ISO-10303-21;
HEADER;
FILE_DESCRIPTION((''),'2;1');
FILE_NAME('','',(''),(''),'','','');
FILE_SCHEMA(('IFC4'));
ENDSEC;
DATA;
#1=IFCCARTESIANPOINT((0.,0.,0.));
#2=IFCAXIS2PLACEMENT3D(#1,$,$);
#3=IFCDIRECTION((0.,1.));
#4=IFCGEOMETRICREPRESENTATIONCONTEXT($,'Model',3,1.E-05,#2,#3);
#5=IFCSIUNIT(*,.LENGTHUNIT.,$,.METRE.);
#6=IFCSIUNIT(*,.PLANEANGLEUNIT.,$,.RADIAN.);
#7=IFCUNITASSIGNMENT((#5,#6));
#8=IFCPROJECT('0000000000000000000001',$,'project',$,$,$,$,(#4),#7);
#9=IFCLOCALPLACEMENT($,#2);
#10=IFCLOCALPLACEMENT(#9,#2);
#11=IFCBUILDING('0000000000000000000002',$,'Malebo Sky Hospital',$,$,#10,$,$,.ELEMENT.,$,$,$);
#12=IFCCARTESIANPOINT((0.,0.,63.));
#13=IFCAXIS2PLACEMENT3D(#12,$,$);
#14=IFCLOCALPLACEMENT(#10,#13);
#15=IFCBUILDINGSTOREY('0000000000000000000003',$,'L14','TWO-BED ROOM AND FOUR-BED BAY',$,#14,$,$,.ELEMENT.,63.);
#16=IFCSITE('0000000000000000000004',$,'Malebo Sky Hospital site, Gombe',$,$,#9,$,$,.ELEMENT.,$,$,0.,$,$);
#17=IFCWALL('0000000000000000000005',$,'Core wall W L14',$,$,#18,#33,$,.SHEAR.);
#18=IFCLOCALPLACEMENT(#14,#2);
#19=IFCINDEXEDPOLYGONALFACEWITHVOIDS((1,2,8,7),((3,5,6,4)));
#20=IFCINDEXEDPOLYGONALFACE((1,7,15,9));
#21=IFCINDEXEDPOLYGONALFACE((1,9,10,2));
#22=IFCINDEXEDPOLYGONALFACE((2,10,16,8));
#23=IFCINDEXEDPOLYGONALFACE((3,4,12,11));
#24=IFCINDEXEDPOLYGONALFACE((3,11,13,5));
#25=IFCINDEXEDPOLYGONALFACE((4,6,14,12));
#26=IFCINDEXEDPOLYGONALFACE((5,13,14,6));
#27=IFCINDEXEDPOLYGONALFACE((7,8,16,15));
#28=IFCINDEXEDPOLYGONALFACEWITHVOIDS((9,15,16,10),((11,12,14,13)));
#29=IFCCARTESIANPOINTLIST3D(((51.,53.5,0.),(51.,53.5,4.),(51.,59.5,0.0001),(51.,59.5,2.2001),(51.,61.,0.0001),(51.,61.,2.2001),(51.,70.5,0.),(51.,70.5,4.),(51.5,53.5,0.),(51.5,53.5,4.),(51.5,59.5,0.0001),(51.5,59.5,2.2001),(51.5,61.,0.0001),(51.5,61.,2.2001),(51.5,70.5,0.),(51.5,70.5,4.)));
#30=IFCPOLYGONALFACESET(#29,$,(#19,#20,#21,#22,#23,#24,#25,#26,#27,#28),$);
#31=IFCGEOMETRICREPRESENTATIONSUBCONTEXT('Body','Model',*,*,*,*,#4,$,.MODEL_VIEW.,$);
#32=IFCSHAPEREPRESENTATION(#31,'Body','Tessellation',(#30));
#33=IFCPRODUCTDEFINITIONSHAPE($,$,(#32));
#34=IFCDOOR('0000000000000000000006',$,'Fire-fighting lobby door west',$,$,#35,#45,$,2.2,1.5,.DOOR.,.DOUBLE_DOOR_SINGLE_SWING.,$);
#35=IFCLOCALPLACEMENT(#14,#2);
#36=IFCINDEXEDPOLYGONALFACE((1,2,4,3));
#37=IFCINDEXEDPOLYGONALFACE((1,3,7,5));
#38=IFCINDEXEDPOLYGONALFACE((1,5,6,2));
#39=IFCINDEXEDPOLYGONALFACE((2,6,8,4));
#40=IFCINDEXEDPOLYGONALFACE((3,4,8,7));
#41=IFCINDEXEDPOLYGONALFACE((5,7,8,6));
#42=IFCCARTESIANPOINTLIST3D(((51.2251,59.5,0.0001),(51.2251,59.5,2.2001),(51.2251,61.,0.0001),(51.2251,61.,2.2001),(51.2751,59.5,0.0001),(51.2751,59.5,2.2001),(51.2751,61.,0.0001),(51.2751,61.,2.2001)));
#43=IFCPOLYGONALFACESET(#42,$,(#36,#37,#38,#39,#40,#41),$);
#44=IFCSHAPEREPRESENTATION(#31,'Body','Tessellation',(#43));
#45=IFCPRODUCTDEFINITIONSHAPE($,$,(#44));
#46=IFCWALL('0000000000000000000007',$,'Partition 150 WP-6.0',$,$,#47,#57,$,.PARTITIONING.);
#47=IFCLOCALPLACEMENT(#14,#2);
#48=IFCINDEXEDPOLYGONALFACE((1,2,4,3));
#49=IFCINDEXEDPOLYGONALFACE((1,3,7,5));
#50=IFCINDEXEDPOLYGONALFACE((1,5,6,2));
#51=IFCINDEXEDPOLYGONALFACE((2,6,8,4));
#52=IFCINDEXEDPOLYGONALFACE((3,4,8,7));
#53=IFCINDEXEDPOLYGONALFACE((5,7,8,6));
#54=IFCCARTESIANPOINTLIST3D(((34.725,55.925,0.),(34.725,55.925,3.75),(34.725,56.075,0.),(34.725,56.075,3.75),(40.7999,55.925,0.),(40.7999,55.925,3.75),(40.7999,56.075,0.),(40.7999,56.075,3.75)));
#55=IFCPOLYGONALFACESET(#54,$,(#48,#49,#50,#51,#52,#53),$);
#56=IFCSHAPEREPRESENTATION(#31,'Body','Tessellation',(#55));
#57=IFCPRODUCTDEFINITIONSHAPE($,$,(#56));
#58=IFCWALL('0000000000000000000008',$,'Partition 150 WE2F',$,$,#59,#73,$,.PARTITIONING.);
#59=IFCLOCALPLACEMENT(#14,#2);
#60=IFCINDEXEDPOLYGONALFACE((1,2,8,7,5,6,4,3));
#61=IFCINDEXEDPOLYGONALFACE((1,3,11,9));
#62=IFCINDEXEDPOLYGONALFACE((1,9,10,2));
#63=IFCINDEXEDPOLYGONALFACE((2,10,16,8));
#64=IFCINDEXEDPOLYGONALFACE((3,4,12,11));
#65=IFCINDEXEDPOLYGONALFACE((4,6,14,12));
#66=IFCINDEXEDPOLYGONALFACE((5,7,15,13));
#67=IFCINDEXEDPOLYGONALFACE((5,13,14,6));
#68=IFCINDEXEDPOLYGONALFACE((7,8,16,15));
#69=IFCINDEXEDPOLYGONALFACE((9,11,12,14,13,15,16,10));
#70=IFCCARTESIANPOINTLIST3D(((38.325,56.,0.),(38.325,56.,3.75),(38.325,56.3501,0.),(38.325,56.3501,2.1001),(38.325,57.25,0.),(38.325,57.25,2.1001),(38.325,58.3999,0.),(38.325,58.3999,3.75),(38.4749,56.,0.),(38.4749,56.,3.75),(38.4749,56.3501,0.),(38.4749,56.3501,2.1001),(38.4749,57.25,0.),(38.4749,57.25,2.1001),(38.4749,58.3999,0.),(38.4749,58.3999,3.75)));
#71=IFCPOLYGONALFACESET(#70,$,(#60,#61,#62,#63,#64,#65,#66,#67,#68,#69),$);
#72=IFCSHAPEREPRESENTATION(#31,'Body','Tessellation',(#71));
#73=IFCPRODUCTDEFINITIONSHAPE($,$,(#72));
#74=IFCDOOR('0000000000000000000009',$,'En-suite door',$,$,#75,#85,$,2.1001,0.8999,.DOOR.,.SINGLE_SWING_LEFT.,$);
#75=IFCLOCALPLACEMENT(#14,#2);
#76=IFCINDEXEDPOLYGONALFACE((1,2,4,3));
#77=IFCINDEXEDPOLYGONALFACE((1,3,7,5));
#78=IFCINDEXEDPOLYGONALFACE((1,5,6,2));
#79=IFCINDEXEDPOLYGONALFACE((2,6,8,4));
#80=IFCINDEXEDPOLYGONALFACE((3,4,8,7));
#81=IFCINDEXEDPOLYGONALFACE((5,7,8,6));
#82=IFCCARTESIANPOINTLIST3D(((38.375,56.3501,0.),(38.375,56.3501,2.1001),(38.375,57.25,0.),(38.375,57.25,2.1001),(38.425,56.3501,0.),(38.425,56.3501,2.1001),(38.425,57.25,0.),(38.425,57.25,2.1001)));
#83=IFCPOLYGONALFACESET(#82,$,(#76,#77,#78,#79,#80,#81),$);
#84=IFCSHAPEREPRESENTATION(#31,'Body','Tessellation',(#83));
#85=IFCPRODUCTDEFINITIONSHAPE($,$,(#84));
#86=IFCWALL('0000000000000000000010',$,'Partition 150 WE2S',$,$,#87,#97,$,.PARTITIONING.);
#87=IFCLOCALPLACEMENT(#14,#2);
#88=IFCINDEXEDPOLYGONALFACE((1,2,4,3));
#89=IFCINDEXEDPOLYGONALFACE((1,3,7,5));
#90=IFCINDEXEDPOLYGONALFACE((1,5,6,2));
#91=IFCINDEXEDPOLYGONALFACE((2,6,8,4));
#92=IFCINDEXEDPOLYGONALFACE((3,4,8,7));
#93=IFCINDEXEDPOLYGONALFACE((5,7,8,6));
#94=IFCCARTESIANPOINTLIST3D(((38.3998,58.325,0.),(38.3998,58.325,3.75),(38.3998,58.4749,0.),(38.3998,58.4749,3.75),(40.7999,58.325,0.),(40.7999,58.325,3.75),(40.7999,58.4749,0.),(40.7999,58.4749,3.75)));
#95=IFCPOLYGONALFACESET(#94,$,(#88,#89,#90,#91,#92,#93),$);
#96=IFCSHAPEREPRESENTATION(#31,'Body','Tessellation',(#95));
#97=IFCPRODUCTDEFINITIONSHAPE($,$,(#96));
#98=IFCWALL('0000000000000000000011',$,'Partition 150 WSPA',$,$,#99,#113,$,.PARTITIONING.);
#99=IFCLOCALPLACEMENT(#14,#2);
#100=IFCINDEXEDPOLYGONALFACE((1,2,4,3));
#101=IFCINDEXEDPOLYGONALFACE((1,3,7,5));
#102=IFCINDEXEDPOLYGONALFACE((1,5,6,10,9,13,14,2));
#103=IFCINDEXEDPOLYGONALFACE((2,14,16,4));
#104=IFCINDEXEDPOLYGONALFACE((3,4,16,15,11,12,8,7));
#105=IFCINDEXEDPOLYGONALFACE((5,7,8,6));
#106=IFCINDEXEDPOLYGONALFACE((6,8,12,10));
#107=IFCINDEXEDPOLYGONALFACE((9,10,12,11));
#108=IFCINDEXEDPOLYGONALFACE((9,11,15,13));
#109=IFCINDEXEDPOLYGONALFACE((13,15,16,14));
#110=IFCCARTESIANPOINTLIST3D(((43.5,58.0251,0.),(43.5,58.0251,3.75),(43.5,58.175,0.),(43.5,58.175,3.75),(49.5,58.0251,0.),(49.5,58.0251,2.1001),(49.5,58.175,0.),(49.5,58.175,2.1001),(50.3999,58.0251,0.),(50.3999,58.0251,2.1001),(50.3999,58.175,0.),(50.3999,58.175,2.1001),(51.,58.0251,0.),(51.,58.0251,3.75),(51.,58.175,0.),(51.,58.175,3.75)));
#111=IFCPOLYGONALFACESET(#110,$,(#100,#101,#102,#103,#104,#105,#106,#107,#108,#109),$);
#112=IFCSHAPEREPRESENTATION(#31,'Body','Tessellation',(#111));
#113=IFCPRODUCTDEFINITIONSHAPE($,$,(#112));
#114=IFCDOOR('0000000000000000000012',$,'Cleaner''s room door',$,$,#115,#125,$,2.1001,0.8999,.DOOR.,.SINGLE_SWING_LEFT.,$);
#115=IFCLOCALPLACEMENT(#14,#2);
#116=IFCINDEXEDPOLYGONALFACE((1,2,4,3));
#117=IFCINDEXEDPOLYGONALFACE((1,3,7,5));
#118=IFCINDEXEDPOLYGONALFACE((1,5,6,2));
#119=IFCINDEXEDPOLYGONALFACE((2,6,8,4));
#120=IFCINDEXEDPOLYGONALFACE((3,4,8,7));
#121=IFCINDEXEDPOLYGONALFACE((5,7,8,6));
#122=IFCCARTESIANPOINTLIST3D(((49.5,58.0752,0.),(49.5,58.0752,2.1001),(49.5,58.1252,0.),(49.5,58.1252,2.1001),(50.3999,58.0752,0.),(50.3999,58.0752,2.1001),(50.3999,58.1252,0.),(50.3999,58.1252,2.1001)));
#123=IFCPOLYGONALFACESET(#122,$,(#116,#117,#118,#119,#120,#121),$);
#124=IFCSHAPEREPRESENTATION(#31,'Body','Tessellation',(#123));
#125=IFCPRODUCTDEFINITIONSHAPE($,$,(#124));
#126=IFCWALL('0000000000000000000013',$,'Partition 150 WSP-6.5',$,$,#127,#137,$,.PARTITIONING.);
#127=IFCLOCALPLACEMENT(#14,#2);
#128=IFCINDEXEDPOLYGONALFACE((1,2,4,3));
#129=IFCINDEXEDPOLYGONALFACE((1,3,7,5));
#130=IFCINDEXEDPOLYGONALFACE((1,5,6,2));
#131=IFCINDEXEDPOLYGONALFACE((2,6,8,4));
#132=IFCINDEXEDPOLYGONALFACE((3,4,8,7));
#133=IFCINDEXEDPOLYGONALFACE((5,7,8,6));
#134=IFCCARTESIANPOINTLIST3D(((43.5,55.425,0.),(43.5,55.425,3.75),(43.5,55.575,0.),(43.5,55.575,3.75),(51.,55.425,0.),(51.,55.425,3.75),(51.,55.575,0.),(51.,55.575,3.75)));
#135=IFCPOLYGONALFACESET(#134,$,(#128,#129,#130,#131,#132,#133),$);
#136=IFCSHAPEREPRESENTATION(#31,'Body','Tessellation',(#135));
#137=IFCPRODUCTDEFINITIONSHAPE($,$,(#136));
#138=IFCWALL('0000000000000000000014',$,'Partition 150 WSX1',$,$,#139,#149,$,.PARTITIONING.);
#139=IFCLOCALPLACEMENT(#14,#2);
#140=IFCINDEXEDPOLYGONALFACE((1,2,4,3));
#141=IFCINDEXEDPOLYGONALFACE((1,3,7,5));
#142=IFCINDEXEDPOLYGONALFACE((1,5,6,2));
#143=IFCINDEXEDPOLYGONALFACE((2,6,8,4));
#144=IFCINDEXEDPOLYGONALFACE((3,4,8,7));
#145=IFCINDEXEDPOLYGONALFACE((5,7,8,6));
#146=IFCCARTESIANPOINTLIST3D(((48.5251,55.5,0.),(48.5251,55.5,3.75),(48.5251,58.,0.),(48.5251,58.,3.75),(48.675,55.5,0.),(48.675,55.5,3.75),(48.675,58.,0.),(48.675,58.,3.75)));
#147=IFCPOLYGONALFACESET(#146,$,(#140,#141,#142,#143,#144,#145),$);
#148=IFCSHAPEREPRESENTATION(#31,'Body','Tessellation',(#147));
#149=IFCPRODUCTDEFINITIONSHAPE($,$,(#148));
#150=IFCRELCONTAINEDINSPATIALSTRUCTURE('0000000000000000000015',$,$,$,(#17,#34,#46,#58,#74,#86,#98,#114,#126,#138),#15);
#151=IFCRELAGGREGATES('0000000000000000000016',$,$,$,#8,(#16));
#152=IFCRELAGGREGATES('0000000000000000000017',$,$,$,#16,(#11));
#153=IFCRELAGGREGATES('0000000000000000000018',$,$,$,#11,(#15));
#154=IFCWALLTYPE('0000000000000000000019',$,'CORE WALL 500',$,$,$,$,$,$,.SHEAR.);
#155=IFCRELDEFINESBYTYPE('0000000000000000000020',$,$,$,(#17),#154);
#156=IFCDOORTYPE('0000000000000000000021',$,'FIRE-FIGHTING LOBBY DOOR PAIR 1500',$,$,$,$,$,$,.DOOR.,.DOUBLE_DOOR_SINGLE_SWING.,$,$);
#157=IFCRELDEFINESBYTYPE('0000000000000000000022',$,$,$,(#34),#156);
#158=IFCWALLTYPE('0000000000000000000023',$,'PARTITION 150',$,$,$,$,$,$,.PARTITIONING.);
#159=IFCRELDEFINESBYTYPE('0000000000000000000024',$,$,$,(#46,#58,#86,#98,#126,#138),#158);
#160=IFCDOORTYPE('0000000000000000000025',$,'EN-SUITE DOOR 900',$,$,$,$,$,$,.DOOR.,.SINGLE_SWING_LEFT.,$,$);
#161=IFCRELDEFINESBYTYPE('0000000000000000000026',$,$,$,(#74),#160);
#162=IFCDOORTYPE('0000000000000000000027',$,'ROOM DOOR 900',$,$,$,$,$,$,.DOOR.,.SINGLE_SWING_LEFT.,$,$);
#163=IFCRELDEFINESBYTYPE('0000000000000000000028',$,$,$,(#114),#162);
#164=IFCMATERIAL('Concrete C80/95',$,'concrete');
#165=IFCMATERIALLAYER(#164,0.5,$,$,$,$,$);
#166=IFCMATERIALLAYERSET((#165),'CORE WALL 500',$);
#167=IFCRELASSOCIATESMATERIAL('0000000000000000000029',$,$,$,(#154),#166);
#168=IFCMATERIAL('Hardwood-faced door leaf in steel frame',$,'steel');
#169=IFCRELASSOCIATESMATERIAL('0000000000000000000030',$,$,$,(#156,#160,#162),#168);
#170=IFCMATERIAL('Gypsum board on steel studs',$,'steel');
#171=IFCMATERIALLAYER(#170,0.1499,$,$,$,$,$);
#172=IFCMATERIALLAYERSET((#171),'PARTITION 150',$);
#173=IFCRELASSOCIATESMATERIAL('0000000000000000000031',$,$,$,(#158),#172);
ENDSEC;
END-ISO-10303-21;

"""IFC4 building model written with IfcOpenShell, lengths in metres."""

from ifc_helpers import new_model, si_unit, direction, frame, frame_2d, origin, place, context, subcontext, project, spatial, rectangle, extrude, material, layer, layer_set, type_object, element, fill, save


model = new_model("IFC4")

# Units and contexts
model_context = context("Model", 3, precision=1e-05, world=origin(), true_north=direction((0.0, 1.0)))
body_context = subcontext(model_context, "Body", "Model", "MODEL_VIEW")
ifc_project = project(units=[si_unit("LENGTHUNIT", "METRE"), si_unit("PLANEANGLEUNIT", "RADIAN")], contexts=[model_context])

# Site, building, storey
site_placement = place(None, origin())
site = spatial("IfcSite", under=ifc_project, at=site_placement, Name="Malebo Sky Hospital site, Gombe", CompositionType="ELEMENT", RefElevation=0.0)
building_placement = place(site_placement, origin())
building = spatial("IfcBuilding", under=site, at=building_placement, Name="Malebo Sky Hospital", CompositionType="ELEMENT")
storey_placement = place(building_placement, frame((0.0, 0.0, 63.0)))
storey = spatial("IfcBuildingStorey", under=building, at=storey_placement, Name="L14", Description="TWO-BED ROOM AND FOUR-BED BAY", CompositionType="ELEMENT", Elevation=63.0)

# Shared definitions
ifc_material_1 = material(Name="Concrete C80/95", Category="concrete")

# Wall, opening, door
ifc_layer_1 = layer(ifc_material_1, 0.5)
ifc_layer_set_1 = layer_set([ifc_layer_1], Name="CORE WALL 500")
wall_type_1 = type_object("IfcWallType", Name="CORE WALL 500", PredefinedType="SHEAR", material=ifc_layer_set_1)
ifc_material_2 = material(Name="Hardwood-faced door leaf in steel frame", Category="steel")
wall_1_placement = place(storey_placement, frame((51.25, 53.5, 0.0), z_axis=(0.0, 0.0, 1.0), x_axis=(0.0, 1.0, 0.0)))
wall_1 = element("IfcWall", 1, at=wall_1_placement, inside=storey, type_object=wall_type_1, Name="Core wall W L14", PredefinedType="SHEAR", context=body_context, shape_type="SweptSolid", body=[
    extrude(rectangle(XDim=17.0, YDim=0.5, at=frame_2d((8.5, 0.0))), origin(), (0.0, 0.0, 1.0), 4.0),
])
opening_1_placement = place(wall_1_placement, frame((6.0, 0.0, 0.0)))
opening_1 = element("IfcOpeningElement", 2, at=opening_1_placement, cuts=wall_1, PredefinedType="OPENING", context=body_context, shape_type="SweptSolid", body=[
    extrude(rectangle(XDim=1.5, YDim=2.2, at=frame_2d((0.75, 1.1001))), frame((0.0, 0.26, 0.0), z_axis=(0.0, -1.0, 0.0), x_axis=(1.0, 0.0, 0.0)), (0.0, 0.0, 1.0), 0.52),
])
door_type_1 = type_object("IfcDoorType", Name="FIRE-FIGHTING LOBBY DOOR PAIR 1500", OperationType="DOUBLE_DOOR_SINGLE_SWING", PredefinedType="DOOR", material=ifc_material_2)
door_1_placement = place(opening_1_placement, origin())
door_1 = element("IfcDoor", 3, at=door_1_placement, inside=storey, type_object=door_type_1, Name="Fire-fighting lobby door west", OperationType="DOUBLE_DOOR_SINGLE_SWING", OverallHeight=2.2, OverallWidth=1.5, PredefinedType="DOOR", context=body_context, shape_type="SweptSolid", body=[
    extrude(rectangle(XDim=1.5, YDim=2.2, at=frame_2d((0.75, 1.1001))), frame((0.0, 0.0249, 0.0), z_axis=(0.0, -1.0, 0.0), x_axis=(1.0, 0.0, 0.0)), (0.0, 0.0, 1.0), 0.05),
])
fill(opening_1, door_1)

# Wall
ifc_material_3 = material(Name="Gypsum board on steel studs", Category="steel")
ifc_layer_2 = layer(ifc_material_3, 0.1499)
ifc_layer_set_2 = layer_set([ifc_layer_2], Name="PARTITION 150")
wall_type_2 = type_object("IfcWallType", Name="PARTITION 150", PredefinedType="PARTITIONING", material=ifc_layer_set_2)
wall_2_placement = place(storey_placement, frame((40.8, 56.0, 0.0), z_axis=(0.0, 0.0, 1.0), x_axis=(-1.0, 0.0, 0.0)))
element("IfcWall", 4, at=wall_2_placement, inside=storey, type_object=wall_type_2, Name="Partition 150 WP-6.0", PredefinedType="PARTITIONING", context=body_context, shape_type="SweptSolid", body=[
    extrude(rectangle(XDim=6.075, YDim=0.1499, at=frame_2d((3.0376, 0.0))), origin(), (0.0, 0.0, 1.0), 3.75),
])

# Wall, opening, door
wall_3_placement = place(storey_placement, frame((38.3999, 56.0, 0.0), z_axis=(0.0, 0.0, 1.0), x_axis=(0.0, 1.0, 0.0)))
wall_3 = element("IfcWall", 5, at=wall_3_placement, inside=storey, type_object=wall_type_2, Name="Partition 150 WE2F", PredefinedType="PARTITIONING", context=body_context, shape_type="SweptSolid", body=[
    extrude(rectangle(XDim=2.3999, YDim=0.1499, at=frame_2d((1.2, 0.0))), origin(), (0.0, 0.0, 1.0), 3.75),
])
opening_2_placement = place(wall_3_placement, frame((0.3501, 0.0, 0.0)))
opening_2 = element("IfcOpeningElement", 6, at=opening_2_placement, cuts=wall_3, PredefinedType="OPENING", context=body_context, shape_type="SweptSolid", body=[
    extrude(rectangle(XDim=0.8999, YDim=2.1001, at=frame_2d((0.45, 1.05))), frame((0.0, 0.085, 0.0), z_axis=(0.0, -1.0, 0.0), x_axis=(1.0, 0.0, 0.0)), (0.0, 0.0, 1.0), 0.1699),
])
door_type_2 = type_object("IfcDoorType", Name="EN-SUITE DOOR 900", OperationType="SINGLE_SWING_LEFT", PredefinedType="DOOR", material=ifc_material_2)
door_2_placement = place(opening_2_placement, origin())
door_2 = element("IfcDoor", 7, at=door_2_placement, inside=storey, type_object=door_type_2, Name="En-suite door", OperationType="SINGLE_SWING_LEFT", OverallHeight=2.1001, OverallWidth=0.8999, PredefinedType="DOOR", context=body_context, shape_type="SweptSolid", body=[
    extrude(rectangle(XDim=0.8999, YDim=2.1001, at=frame_2d((0.45, 1.05))), frame((0.0, 0.0249, 0.0), z_axis=(0.0, -1.0, 0.0), x_axis=(1.0, 0.0, 0.0)), (0.0, 0.0, 1.0), 0.05),
])
fill(opening_2, door_2)

# Wall
wall_4_placement = place(storey_placement, frame((40.8, 58.3999, 0.0), z_axis=(0.0, 0.0, 1.0), x_axis=(-1.0, 0.0, 0.0)))
element("IfcWall", 8, at=wall_4_placement, inside=storey, type_object=wall_type_2, Name="Partition 150 WE2S", PredefinedType="PARTITIONING", context=body_context, shape_type="SweptSolid", body=[
    extrude(rectangle(XDim=2.4001, YDim=0.1499, at=frame_2d((1.2002, 0.0))), origin(), (0.0, 0.0, 1.0), 3.75),
])

# Wall, opening, door
wall_5_placement = place(storey_placement, frame((51.0, 58.1001, 0.0), z_axis=(0.0, 0.0, 1.0), x_axis=(-1.0, 0.0, 0.0)))
wall_5 = element("IfcWall", 9, at=wall_5_placement, inside=storey, type_object=wall_type_2, Name="Partition 150 WSPA", PredefinedType="PARTITIONING", context=body_context, shape_type="SweptSolid", body=[
    extrude(rectangle(XDim=7.5, YDim=0.1499, at=frame_2d((3.75, 0.0))), origin(), (0.0, 0.0, 1.0), 3.75),
])
opening_3_placement = place(wall_5_placement, frame((0.6001, 0.0, 0.0)))
opening_3 = element("IfcOpeningElement", 10, at=opening_3_placement, cuts=wall_5, PredefinedType="OPENING", context=body_context, shape_type="SweptSolid", body=[
    extrude(rectangle(XDim=0.8999, YDim=2.1001, at=frame_2d((0.45, 1.05))), frame((0.0, 0.085, 0.0), z_axis=(0.0, -1.0, 0.0), x_axis=(1.0, 0.0, 0.0)), (0.0, 0.0, 1.0), 0.1699),
])
door_type_3 = type_object("IfcDoorType", Name="ROOM DOOR 900", OperationType="SINGLE_SWING_LEFT", PredefinedType="DOOR", material=ifc_material_2)
door_3_placement = place(opening_3_placement, origin())
door_3 = element("IfcDoor", 11, at=door_3_placement, inside=storey, type_object=door_type_3, Name="Cleaner's room door", OperationType="SINGLE_SWING_LEFT", OverallHeight=2.1001, OverallWidth=0.8999, PredefinedType="DOOR", context=body_context, shape_type="SweptSolid", body=[
    extrude(rectangle(XDim=0.8999, YDim=2.1001, at=frame_2d((0.45, 1.05))), frame((0.0, 0.0249, 0.0), z_axis=(0.0, -1.0, 0.0), x_axis=(1.0, 0.0, 0.0)), (0.0, 0.0, 1.0), 0.05),
])
fill(opening_3, door_3)

# Walls
wall_6_placement = place(storey_placement, frame((51.0, 55.5, 0.0), z_axis=(0.0, 0.0, 1.0), x_axis=(-1.0, 0.0, 0.0)))
element("IfcWall", 12, at=wall_6_placement, inside=storey, type_object=wall_type_2, Name="Partition 150 WSP-6.5", PredefinedType="PARTITIONING", context=body_context, shape_type="SweptSolid", body=[
    extrude(rectangle(XDim=7.5, YDim=0.1499, at=frame_2d((3.75, 0.0))), origin(), (0.0, 0.0, 1.0), 3.75),
])
wall_7_placement = place(storey_placement, frame((48.6001, 55.5, 0.0), z_axis=(0.0, 0.0, 1.0), x_axis=(0.0, 1.0, 0.0)))
element("IfcWall", 13, at=wall_7_placement, inside=storey, type_object=wall_type_2, Name="Partition 150 WSX1", PredefinedType="PARTITIONING", context=body_context, shape_type="SweptSolid", body=[
    extrude(rectangle(XDim=2.5, YDim=0.1499, at=frame_2d((1.25, 0.0))), origin(), (0.0, 0.0, 1.0), 3.75),
])

save(model, "model.ifc")
